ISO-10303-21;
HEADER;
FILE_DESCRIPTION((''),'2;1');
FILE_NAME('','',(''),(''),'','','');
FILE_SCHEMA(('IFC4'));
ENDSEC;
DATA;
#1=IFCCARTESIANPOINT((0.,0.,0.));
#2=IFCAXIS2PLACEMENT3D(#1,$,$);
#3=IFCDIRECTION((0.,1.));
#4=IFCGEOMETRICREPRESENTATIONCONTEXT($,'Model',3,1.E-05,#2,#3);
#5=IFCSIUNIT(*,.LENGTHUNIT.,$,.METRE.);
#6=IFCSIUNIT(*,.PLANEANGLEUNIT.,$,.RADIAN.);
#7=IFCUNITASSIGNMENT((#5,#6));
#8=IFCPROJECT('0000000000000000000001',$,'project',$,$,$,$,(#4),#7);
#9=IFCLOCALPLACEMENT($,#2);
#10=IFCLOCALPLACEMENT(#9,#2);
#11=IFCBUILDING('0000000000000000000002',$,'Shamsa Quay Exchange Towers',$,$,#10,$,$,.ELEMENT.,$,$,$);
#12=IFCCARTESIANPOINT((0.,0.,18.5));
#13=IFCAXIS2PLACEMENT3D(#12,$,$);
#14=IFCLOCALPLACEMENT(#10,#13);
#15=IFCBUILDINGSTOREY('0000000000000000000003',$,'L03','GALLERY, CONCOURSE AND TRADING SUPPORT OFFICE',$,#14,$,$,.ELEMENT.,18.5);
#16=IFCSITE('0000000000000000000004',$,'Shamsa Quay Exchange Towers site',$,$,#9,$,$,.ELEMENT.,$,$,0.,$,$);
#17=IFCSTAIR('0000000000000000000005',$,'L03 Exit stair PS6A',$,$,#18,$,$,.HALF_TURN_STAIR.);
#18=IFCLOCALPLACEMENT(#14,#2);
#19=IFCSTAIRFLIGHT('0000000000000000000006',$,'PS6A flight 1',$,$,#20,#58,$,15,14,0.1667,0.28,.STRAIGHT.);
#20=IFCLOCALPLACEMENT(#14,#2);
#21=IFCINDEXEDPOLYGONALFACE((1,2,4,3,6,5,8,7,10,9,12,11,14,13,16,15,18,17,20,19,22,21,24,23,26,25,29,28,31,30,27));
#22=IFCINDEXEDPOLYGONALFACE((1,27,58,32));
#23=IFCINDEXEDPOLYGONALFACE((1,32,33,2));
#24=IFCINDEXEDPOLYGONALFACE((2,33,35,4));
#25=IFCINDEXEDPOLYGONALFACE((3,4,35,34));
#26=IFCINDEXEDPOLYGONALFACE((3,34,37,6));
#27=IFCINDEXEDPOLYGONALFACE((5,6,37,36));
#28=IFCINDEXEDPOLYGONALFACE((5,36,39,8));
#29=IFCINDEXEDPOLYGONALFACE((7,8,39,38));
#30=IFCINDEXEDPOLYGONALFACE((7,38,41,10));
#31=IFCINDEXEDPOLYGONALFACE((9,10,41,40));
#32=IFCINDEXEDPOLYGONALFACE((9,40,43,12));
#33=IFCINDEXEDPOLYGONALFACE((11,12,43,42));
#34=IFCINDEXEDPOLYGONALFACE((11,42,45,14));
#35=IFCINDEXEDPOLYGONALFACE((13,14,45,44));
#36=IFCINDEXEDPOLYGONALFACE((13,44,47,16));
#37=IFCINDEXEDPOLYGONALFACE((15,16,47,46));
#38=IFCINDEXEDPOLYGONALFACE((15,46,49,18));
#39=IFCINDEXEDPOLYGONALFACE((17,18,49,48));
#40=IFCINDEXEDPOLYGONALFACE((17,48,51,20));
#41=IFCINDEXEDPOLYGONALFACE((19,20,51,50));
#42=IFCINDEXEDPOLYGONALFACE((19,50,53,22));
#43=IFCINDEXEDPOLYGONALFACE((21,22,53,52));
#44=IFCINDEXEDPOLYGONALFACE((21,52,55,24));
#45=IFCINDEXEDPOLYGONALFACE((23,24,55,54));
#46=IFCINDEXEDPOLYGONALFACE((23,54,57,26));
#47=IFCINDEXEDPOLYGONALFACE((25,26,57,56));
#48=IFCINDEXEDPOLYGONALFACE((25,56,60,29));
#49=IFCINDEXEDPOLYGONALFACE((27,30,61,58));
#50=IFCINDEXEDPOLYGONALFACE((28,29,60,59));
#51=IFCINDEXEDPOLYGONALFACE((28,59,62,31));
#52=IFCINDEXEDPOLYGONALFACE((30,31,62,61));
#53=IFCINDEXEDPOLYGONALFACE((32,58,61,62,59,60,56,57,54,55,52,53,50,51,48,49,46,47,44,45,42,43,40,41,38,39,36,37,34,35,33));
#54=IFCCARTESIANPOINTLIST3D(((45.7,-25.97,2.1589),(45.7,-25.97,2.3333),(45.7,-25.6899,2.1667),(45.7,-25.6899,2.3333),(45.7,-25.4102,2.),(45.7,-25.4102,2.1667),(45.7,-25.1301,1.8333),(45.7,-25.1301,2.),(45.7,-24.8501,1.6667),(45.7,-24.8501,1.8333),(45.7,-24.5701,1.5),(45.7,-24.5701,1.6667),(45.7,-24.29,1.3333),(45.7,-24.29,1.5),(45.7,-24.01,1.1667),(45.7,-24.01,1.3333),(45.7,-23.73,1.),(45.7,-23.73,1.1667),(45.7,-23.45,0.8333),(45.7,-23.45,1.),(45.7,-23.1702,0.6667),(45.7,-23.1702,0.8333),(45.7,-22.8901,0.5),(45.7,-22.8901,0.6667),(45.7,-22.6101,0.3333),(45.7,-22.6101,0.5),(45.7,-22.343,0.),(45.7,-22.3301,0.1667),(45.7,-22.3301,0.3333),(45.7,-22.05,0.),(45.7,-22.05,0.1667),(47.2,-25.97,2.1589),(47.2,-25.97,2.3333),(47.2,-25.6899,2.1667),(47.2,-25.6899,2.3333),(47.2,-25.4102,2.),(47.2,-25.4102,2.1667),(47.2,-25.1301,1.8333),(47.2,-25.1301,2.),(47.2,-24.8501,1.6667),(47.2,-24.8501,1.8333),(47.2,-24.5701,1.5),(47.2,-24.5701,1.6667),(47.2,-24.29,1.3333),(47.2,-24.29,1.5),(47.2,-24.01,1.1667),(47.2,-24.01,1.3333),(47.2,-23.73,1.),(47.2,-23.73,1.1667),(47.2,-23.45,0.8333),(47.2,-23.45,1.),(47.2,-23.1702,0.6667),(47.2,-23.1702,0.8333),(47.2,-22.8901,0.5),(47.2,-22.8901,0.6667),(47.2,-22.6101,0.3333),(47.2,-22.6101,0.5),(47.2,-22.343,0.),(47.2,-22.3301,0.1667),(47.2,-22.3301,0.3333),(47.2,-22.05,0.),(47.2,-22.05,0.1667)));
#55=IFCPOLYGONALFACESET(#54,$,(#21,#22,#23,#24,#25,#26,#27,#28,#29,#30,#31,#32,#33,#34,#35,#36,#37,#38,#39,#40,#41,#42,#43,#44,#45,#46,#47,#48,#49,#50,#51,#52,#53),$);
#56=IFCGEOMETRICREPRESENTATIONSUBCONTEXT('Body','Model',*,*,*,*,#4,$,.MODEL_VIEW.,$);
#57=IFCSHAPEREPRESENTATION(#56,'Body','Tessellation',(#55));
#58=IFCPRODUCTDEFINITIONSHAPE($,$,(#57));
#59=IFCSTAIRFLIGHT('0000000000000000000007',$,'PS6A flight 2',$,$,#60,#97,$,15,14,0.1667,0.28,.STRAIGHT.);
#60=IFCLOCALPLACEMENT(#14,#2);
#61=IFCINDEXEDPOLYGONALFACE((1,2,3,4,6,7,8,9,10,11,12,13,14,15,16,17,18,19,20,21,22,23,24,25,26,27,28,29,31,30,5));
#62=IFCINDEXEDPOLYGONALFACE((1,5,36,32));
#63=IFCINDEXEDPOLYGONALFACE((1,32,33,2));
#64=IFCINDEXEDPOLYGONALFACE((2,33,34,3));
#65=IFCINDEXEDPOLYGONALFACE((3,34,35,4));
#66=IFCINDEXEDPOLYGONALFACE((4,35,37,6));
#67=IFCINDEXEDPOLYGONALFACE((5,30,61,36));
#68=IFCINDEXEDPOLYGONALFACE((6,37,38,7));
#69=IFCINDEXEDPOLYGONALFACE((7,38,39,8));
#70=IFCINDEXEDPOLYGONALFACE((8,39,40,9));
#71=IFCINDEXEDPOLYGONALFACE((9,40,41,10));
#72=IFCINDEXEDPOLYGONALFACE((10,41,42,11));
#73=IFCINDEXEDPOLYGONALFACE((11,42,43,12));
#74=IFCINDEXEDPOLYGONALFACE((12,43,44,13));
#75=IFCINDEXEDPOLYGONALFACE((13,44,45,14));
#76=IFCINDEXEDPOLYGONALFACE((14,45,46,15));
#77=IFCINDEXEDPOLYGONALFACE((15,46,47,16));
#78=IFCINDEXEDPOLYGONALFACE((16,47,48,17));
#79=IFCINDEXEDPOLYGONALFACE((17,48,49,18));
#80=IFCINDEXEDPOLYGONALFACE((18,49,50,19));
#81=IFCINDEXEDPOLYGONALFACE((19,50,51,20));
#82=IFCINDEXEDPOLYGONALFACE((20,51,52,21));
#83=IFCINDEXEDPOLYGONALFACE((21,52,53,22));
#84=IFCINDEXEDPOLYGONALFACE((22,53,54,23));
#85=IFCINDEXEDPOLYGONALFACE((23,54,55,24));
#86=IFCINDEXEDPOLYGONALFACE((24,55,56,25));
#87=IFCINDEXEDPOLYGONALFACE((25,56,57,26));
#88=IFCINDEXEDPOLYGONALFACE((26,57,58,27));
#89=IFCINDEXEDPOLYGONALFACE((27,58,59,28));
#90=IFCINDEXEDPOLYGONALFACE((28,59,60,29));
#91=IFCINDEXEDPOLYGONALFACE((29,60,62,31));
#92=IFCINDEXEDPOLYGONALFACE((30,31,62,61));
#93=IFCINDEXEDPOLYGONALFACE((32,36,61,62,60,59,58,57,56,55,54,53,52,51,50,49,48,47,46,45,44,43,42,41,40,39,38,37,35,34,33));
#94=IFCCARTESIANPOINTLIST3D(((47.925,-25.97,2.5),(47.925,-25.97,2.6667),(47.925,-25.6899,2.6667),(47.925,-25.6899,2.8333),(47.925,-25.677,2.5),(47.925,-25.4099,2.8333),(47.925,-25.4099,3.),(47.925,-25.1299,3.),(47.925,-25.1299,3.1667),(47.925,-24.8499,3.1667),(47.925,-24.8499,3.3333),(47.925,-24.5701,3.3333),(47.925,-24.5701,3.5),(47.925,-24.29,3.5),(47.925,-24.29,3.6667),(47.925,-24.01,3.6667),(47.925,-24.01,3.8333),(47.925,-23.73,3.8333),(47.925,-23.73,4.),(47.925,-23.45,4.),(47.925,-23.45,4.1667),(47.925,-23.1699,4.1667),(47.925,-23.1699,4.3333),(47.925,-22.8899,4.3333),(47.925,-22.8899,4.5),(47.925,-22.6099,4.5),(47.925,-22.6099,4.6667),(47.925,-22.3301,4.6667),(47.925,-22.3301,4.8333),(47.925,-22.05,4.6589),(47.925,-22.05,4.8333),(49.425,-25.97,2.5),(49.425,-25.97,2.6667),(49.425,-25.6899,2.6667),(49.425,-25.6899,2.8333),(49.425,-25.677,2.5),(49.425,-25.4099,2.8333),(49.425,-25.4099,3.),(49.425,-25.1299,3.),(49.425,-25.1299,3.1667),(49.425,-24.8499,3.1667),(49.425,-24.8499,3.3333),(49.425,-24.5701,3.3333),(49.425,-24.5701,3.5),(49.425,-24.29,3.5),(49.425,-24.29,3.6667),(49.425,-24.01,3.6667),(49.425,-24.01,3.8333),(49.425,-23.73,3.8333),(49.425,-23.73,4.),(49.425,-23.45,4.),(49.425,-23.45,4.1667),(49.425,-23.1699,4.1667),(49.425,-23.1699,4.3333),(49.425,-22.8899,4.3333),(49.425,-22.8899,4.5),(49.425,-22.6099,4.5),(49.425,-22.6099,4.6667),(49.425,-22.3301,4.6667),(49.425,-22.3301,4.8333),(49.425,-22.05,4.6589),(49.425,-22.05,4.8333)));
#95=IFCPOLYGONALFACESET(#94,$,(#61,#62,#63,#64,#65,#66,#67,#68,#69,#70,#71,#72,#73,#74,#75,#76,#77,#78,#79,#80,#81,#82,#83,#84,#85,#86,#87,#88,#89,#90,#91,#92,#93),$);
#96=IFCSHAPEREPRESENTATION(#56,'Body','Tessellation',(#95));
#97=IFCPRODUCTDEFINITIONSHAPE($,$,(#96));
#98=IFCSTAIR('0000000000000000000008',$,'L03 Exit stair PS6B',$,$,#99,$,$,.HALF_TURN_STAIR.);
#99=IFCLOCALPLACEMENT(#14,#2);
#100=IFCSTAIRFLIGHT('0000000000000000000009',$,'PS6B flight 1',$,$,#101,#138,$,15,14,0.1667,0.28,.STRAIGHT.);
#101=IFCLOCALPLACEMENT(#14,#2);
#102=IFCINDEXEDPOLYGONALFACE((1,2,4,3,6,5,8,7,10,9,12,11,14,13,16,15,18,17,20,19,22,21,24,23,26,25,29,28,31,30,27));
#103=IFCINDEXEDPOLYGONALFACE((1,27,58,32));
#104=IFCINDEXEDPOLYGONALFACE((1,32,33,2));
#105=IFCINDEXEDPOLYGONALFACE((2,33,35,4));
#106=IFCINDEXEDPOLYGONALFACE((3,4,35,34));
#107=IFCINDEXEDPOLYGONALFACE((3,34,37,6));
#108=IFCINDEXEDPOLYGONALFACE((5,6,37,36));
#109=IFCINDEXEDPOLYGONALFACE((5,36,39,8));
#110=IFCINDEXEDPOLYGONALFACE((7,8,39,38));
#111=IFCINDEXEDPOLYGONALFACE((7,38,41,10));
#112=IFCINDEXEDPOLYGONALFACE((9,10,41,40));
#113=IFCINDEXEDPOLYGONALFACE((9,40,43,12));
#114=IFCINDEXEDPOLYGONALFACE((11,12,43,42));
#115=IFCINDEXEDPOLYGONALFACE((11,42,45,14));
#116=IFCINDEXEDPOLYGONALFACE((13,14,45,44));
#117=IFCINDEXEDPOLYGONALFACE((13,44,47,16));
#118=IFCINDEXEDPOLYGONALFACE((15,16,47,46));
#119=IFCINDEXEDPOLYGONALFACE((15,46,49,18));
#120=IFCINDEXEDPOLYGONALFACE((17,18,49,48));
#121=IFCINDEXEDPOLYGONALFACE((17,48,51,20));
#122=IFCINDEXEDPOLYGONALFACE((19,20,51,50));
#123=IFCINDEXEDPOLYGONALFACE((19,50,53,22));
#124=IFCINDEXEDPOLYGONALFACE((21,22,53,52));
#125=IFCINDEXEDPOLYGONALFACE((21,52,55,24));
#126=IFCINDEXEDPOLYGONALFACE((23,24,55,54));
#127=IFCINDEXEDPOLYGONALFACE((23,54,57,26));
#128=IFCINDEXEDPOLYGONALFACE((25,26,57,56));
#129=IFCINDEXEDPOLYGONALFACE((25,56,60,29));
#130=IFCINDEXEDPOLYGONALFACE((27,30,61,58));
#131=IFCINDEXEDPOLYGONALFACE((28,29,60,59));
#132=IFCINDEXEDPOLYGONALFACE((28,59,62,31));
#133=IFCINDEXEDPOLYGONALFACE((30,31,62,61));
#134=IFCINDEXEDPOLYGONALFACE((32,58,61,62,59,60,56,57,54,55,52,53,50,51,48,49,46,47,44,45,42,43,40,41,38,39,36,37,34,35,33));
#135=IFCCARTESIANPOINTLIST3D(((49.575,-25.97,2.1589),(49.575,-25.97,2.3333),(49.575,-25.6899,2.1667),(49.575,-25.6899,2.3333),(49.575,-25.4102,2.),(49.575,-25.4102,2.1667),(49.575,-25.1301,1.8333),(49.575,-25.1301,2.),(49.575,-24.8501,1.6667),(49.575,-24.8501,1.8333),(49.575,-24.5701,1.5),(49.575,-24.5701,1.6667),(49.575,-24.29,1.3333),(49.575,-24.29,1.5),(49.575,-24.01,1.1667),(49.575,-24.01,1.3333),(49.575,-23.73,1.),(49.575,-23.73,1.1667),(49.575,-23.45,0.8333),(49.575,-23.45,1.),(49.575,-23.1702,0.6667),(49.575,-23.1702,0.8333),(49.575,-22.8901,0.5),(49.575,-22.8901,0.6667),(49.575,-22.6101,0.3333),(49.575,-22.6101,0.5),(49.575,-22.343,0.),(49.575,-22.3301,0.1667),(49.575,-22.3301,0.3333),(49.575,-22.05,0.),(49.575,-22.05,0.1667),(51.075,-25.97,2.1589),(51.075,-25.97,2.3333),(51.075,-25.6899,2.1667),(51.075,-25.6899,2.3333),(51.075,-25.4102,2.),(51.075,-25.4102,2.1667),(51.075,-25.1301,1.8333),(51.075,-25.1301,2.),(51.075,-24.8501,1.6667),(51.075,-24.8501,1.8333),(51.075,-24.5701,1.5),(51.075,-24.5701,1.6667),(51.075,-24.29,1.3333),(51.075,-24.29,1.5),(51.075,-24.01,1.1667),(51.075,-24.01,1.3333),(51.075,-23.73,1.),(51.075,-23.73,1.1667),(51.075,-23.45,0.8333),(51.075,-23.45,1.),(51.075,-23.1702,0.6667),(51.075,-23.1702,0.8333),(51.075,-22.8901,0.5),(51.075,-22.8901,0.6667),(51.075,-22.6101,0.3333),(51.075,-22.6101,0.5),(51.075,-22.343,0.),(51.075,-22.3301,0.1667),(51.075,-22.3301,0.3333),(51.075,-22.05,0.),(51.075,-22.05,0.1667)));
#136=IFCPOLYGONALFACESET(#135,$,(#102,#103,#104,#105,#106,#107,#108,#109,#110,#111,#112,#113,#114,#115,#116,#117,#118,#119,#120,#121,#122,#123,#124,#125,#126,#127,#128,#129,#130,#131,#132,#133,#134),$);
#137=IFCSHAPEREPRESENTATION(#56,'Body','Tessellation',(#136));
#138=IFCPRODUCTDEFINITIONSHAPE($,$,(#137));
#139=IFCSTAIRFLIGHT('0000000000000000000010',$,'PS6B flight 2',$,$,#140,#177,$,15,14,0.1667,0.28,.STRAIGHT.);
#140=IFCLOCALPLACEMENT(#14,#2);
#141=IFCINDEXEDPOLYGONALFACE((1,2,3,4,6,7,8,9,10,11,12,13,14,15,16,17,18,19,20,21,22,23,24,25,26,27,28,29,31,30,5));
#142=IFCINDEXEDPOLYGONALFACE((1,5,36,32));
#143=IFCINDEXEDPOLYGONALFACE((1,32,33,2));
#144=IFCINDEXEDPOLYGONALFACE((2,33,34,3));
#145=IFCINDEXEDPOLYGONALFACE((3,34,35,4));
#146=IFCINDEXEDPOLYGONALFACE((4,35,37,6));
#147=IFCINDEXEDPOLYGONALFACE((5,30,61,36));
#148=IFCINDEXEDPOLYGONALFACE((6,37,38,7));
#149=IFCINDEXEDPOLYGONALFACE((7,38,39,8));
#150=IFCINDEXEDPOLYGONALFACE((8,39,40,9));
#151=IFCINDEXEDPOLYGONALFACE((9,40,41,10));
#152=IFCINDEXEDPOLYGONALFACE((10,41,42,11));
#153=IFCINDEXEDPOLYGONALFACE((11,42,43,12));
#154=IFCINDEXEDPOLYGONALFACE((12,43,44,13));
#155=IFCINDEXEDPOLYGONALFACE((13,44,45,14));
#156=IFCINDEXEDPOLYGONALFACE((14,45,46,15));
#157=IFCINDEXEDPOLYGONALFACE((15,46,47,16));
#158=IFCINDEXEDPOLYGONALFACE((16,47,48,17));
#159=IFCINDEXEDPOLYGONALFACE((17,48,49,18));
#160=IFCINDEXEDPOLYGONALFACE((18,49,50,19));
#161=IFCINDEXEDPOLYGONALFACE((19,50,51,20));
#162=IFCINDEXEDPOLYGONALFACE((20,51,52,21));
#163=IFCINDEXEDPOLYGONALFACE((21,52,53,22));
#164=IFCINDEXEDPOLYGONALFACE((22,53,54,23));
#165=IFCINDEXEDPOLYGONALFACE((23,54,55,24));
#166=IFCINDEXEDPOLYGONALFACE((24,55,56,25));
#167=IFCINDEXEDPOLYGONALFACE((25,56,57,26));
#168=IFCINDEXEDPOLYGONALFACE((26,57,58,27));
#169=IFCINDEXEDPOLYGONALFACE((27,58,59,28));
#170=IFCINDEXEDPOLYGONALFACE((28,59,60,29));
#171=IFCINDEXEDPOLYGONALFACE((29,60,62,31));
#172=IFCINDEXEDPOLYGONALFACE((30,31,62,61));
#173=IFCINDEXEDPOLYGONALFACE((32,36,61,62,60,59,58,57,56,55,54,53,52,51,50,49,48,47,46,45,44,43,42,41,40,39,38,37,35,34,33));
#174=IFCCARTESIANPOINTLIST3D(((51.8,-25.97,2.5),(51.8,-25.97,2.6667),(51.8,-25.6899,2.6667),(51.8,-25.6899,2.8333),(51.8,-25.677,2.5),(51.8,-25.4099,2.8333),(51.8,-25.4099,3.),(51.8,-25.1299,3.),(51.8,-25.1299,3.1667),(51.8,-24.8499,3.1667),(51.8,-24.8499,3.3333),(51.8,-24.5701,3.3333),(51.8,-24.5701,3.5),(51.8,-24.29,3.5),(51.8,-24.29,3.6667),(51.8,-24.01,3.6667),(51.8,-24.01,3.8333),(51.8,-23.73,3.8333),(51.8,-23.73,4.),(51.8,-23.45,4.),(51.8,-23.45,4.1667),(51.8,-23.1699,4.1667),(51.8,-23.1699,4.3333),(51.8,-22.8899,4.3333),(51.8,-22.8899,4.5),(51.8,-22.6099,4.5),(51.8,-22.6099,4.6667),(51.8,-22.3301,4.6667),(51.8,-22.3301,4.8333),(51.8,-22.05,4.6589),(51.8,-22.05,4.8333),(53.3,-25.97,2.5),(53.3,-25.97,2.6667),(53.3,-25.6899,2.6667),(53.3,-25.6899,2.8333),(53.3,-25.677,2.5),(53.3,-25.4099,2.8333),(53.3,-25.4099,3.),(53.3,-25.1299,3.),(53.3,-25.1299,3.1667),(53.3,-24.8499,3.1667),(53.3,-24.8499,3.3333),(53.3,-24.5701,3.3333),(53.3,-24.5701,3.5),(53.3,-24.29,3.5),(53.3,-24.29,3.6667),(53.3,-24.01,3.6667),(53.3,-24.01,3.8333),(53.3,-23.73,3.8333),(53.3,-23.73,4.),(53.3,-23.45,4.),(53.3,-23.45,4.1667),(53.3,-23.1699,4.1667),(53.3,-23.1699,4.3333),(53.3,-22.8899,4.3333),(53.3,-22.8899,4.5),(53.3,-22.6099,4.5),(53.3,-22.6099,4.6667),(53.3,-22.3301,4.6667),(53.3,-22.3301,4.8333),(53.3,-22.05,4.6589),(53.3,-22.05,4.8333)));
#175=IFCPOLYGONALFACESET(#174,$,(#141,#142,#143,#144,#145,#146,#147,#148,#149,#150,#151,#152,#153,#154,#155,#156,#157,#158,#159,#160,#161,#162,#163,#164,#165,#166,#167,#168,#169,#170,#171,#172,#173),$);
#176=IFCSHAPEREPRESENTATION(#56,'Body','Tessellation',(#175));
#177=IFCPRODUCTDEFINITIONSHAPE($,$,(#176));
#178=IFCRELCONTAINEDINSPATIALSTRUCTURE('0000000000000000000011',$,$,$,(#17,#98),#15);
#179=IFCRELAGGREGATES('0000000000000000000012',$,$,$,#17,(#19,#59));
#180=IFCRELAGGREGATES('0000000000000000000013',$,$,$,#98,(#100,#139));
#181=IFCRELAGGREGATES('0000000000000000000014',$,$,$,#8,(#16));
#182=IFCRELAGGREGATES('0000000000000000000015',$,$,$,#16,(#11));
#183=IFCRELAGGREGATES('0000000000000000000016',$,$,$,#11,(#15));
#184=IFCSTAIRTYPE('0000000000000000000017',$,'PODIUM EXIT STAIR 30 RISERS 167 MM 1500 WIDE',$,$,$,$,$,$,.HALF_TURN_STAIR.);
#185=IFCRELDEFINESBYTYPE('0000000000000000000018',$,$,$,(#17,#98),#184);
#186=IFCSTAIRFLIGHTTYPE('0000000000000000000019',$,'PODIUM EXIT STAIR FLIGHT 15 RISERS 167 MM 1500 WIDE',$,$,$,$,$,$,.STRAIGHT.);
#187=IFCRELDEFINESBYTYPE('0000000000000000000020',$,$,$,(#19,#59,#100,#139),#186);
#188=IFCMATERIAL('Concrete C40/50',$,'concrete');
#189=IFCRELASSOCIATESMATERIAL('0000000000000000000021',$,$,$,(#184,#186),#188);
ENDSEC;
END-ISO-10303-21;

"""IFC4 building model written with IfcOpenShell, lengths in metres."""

from ifc_helpers import new_model, si_unit, direction, frame, origin, place, context, subcontext, project, spatial, polyline, outline, extrude, material, type_object, element, aggregate, save


model = new_model("IFC4")

# Units and contexts
model_context = context("Model", 3, precision=1e-05, world=origin(), true_north=direction((0.0, 1.0)))
body_context = subcontext(model_context, "Body", "Model", "MODEL_VIEW")
ifc_project = project(units=[si_unit("LENGTHUNIT", "METRE"), si_unit("PLANEANGLEUNIT", "RADIAN")], contexts=[model_context])

# Site, building, storey
site_placement = place(None, origin())
site = spatial("IfcSite", under=ifc_project, at=site_placement, Name="Shamsa Quay Exchange Towers site", CompositionType="ELEMENT", RefElevation=0.0)
building_placement = place(site_placement, origin())
building = spatial("IfcBuilding", under=site, at=building_placement, Name="Shamsa Quay Exchange Towers", CompositionType="ELEMENT")
storey_placement = place(building_placement, frame((0.0, 0.0, 18.5)))
storey = spatial("IfcBuildingStorey", under=building, at=storey_placement, Name="L03", Description="GALLERY, CONCOURSE AND TRADING SUPPORT OFFICE", CompositionType="ELEMENT", Elevation=18.5)

# Stairs, stair flights
ifc_material_1 = material(Name="Concrete C40/50", Category="concrete")
stair_type = type_object("IfcStairType", Name="PODIUM EXIT STAIR 30 RISERS 167 MM 1500 WIDE", PredefinedType="HALF_TURN_STAIR", material=ifc_material_1)
stair_1_placement = place(storey_placement, origin())
stair_1 = element("IfcStair", 1, at=stair_1_placement, inside=storey, type_object=stair_type, Name="L03 Exit stair PS6A", PredefinedType="HALF_TURN_STAIR")
stair_flight_type = type_object("IfcStairFlightType", Name="PODIUM EXIT STAIR FLIGHT 15 RISERS 167 MM 1500 WIDE", PredefinedType="STRAIGHT", material=ifc_material_1)
stair_flight_1_placement = place(storey_placement, frame((46.45, -22.05, 0.0), z_axis=(0.0, 0.0, 1.0), x_axis=(0.0, -1.0, 0.0)))
stair_flight_1 = element("IfcStairFlight", 2, at=stair_flight_1_placement, type_object=stair_flight_type, Name="PS6A flight 1", NumberOfRisers=15, NumberOfTreads=14, PredefinedType="STRAIGHT", RiserHeight=0.1667, TreadLength=0.28, context=body_context, shape_type="SweptSolid", body=[
    extrude(outline(polyline([(0.0, 0.0), (0.0, 0.1667), (0.28, 0.1667), (0.28, 0.3333), (0.5601, 0.3333), (0.5601, 0.5), (0.8401, 0.5), (0.8401, 0.6667), (1.1201, 0.6667), (1.1201, 0.8333), (1.3999, 0.8333), (1.3999, 1.0), (1.6799, 1.0), (1.6799, 1.1667), (1.96, 1.1667), (1.96, 1.3333), (2.24, 1.3333), (2.24, 1.5), (2.52, 1.5), (2.52, 1.6667), (2.8, 1.6667), (2.8, 1.8333), (3.0801, 1.8333), (3.0801, 2.0), (3.3601, 2.0), (3.3601, 2.1667), (3.6399, 2.1667), (3.6399, 2.3333), (3.9199, 2.3333), (3.9199, 2.5), (3.9199, 2.1589), (0.293, 0.0), (0.0, 0.0)])), frame((0.0, 0.75, 0.0), z_axis=(0.0, -1.0, 0.0), x_axis=(1.0, 0.0, 0.0)), (0.0, 0.0, 1.0), 1.5),
])
stair_flight_2_placement = place(storey_placement, frame((48.675, -25.97, 2.5), z_axis=(0.0, 0.0, 1.0), x_axis=(0.0, 1.0, 0.0)))
stair_flight_2 = element("IfcStairFlight", 3, at=stair_flight_2_placement, type_object=stair_flight_type, Name="PS6A flight 2", NumberOfRisers=15, NumberOfTreads=14, PredefinedType="STRAIGHT", RiserHeight=0.1667, TreadLength=0.28, context=body_context, shape_type="SweptSolid", body=[
    extrude(outline(polyline([(0.0, 0.0), (0.0, 0.1667), (0.28, 0.1667), (0.28, 0.3333), (0.5601, 0.3333), (0.5601, 0.5), (0.8401, 0.5), (0.8401, 0.6667), (1.1201, 0.6667), (1.1201, 0.8333), (1.3999, 0.8333), (1.3999, 1.0), (1.6799, 1.0), (1.6799, 1.1667), (1.96, 1.1667), (1.96, 1.3333), (2.24, 1.3333), (2.24, 1.5), (2.52, 1.5), (2.52, 1.6667), (2.8, 1.6667), (2.8, 1.8333), (3.0801, 1.8333), (3.0801, 2.0), (3.3601, 2.0), (3.3601, 2.1667), (3.6399, 2.1667), (3.6399, 2.3333), (3.9199, 2.3333), (3.9199, 2.5), (3.9199, 2.1589), (0.293, 0.0), (0.0, 0.0)])), frame((0.0, 0.75, 0.0), z_axis=(0.0, -1.0, 0.0), x_axis=(1.0, 0.0, 0.0)), (0.0, 0.0, 1.0), 1.5),
])
aggregate(stair_1, [stair_flight_1, stair_flight_2])
stair_2_placement = place(storey_placement, origin())
stair_2 = element("IfcStair", 4, at=stair_2_placement, inside=storey, type_object=stair_type, Name="L03 Exit stair PS6B", PredefinedType="HALF_TURN_STAIR")
stair_flight_3_placement = place(storey_placement, frame((50.325, -22.05, 0.0), z_axis=(0.0, 0.0, 1.0), x_axis=(0.0, -1.0, 0.0)))
stair_flight_3 = element("IfcStairFlight", 5, at=stair_flight_3_placement, type_object=stair_flight_type, Name="PS6B flight 1", NumberOfRisers=15, NumberOfTreads=14, PredefinedType="STRAIGHT", RiserHeight=0.1667, TreadLength=0.28, context=body_context, shape_type="SweptSolid", body=[
    extrude(outline(polyline([(0.0, 0.0), (0.0, 0.1667), (0.28, 0.1667), (0.28, 0.3333), (0.5601, 0.3333), (0.5601, 0.5), (0.8401, 0.5), (0.8401, 0.6667), (1.1201, 0.6667), (1.1201, 0.8333), (1.3999, 0.8333), (1.3999, 1.0), (1.6799, 1.0), (1.6799, 1.1667), (1.96, 1.1667), (1.96, 1.3333), (2.24, 1.3333), (2.24, 1.5), (2.52, 1.5), (2.52, 1.6667), (2.8, 1.6667), (2.8, 1.8333), (3.0801, 1.8333), (3.0801, 2.0), (3.3601, 2.0), (3.3601, 2.1667), (3.6399, 2.1667), (3.6399, 2.3333), (3.9199, 2.3333), (3.9199, 2.5), (3.9199, 2.1589), (0.293, 0.0), (0.0, 0.0)])), frame((0.0, 0.75, 0.0), z_axis=(0.0, -1.0, 0.0), x_axis=(1.0, 0.0, 0.0)), (0.0, 0.0, 1.0), 1.5),
])
stair_flight_4_placement = place(storey_placement, frame((52.55, -25.97, 2.5), z_axis=(0.0, 0.0, 1.0), x_axis=(0.0, 1.0, 0.0)))
stair_flight_4 = element("IfcStairFlight", 6, at=stair_flight_4_placement, type_object=stair_flight_type, Name="PS6B flight 2", NumberOfRisers=15, NumberOfTreads=14, PredefinedType="STRAIGHT", RiserHeight=0.1667, TreadLength=0.28, context=body_context, shape_type="SweptSolid", body=[
    extrude(outline(polyline([(0.0, 0.0), (0.0, 0.1667), (0.28, 0.1667), (0.28, 0.3333), (0.5601, 0.3333), (0.5601, 0.5), (0.8401, 0.5), (0.8401, 0.6667), (1.1201, 0.6667), (1.1201, 0.8333), (1.3999, 0.8333), (1.3999, 1.0), (1.6799, 1.0), (1.6799, 1.1667), (1.96, 1.1667), (1.96, 1.3333), (2.24, 1.3333), (2.24, 1.5), (2.52, 1.5), (2.52, 1.6667), (2.8, 1.6667), (2.8, 1.8333), (3.0801, 1.8333), (3.0801, 2.0), (3.3601, 2.0), (3.3601, 2.1667), (3.6399, 2.1667), (3.6399, 2.3333), (3.9199, 2.3333), (3.9199, 2.5), (3.9199, 2.1589), (0.293, 0.0), (0.0, 0.0)])), frame((0.0, 0.75, 0.0), z_axis=(0.0, -1.0, 0.0), x_axis=(1.0, 0.0, 0.0)), (0.0, 0.0, 1.0), 1.5),
])
aggregate(stair_2, [stair_flight_3, stair_flight_4])

save(model, "model.ifc")
